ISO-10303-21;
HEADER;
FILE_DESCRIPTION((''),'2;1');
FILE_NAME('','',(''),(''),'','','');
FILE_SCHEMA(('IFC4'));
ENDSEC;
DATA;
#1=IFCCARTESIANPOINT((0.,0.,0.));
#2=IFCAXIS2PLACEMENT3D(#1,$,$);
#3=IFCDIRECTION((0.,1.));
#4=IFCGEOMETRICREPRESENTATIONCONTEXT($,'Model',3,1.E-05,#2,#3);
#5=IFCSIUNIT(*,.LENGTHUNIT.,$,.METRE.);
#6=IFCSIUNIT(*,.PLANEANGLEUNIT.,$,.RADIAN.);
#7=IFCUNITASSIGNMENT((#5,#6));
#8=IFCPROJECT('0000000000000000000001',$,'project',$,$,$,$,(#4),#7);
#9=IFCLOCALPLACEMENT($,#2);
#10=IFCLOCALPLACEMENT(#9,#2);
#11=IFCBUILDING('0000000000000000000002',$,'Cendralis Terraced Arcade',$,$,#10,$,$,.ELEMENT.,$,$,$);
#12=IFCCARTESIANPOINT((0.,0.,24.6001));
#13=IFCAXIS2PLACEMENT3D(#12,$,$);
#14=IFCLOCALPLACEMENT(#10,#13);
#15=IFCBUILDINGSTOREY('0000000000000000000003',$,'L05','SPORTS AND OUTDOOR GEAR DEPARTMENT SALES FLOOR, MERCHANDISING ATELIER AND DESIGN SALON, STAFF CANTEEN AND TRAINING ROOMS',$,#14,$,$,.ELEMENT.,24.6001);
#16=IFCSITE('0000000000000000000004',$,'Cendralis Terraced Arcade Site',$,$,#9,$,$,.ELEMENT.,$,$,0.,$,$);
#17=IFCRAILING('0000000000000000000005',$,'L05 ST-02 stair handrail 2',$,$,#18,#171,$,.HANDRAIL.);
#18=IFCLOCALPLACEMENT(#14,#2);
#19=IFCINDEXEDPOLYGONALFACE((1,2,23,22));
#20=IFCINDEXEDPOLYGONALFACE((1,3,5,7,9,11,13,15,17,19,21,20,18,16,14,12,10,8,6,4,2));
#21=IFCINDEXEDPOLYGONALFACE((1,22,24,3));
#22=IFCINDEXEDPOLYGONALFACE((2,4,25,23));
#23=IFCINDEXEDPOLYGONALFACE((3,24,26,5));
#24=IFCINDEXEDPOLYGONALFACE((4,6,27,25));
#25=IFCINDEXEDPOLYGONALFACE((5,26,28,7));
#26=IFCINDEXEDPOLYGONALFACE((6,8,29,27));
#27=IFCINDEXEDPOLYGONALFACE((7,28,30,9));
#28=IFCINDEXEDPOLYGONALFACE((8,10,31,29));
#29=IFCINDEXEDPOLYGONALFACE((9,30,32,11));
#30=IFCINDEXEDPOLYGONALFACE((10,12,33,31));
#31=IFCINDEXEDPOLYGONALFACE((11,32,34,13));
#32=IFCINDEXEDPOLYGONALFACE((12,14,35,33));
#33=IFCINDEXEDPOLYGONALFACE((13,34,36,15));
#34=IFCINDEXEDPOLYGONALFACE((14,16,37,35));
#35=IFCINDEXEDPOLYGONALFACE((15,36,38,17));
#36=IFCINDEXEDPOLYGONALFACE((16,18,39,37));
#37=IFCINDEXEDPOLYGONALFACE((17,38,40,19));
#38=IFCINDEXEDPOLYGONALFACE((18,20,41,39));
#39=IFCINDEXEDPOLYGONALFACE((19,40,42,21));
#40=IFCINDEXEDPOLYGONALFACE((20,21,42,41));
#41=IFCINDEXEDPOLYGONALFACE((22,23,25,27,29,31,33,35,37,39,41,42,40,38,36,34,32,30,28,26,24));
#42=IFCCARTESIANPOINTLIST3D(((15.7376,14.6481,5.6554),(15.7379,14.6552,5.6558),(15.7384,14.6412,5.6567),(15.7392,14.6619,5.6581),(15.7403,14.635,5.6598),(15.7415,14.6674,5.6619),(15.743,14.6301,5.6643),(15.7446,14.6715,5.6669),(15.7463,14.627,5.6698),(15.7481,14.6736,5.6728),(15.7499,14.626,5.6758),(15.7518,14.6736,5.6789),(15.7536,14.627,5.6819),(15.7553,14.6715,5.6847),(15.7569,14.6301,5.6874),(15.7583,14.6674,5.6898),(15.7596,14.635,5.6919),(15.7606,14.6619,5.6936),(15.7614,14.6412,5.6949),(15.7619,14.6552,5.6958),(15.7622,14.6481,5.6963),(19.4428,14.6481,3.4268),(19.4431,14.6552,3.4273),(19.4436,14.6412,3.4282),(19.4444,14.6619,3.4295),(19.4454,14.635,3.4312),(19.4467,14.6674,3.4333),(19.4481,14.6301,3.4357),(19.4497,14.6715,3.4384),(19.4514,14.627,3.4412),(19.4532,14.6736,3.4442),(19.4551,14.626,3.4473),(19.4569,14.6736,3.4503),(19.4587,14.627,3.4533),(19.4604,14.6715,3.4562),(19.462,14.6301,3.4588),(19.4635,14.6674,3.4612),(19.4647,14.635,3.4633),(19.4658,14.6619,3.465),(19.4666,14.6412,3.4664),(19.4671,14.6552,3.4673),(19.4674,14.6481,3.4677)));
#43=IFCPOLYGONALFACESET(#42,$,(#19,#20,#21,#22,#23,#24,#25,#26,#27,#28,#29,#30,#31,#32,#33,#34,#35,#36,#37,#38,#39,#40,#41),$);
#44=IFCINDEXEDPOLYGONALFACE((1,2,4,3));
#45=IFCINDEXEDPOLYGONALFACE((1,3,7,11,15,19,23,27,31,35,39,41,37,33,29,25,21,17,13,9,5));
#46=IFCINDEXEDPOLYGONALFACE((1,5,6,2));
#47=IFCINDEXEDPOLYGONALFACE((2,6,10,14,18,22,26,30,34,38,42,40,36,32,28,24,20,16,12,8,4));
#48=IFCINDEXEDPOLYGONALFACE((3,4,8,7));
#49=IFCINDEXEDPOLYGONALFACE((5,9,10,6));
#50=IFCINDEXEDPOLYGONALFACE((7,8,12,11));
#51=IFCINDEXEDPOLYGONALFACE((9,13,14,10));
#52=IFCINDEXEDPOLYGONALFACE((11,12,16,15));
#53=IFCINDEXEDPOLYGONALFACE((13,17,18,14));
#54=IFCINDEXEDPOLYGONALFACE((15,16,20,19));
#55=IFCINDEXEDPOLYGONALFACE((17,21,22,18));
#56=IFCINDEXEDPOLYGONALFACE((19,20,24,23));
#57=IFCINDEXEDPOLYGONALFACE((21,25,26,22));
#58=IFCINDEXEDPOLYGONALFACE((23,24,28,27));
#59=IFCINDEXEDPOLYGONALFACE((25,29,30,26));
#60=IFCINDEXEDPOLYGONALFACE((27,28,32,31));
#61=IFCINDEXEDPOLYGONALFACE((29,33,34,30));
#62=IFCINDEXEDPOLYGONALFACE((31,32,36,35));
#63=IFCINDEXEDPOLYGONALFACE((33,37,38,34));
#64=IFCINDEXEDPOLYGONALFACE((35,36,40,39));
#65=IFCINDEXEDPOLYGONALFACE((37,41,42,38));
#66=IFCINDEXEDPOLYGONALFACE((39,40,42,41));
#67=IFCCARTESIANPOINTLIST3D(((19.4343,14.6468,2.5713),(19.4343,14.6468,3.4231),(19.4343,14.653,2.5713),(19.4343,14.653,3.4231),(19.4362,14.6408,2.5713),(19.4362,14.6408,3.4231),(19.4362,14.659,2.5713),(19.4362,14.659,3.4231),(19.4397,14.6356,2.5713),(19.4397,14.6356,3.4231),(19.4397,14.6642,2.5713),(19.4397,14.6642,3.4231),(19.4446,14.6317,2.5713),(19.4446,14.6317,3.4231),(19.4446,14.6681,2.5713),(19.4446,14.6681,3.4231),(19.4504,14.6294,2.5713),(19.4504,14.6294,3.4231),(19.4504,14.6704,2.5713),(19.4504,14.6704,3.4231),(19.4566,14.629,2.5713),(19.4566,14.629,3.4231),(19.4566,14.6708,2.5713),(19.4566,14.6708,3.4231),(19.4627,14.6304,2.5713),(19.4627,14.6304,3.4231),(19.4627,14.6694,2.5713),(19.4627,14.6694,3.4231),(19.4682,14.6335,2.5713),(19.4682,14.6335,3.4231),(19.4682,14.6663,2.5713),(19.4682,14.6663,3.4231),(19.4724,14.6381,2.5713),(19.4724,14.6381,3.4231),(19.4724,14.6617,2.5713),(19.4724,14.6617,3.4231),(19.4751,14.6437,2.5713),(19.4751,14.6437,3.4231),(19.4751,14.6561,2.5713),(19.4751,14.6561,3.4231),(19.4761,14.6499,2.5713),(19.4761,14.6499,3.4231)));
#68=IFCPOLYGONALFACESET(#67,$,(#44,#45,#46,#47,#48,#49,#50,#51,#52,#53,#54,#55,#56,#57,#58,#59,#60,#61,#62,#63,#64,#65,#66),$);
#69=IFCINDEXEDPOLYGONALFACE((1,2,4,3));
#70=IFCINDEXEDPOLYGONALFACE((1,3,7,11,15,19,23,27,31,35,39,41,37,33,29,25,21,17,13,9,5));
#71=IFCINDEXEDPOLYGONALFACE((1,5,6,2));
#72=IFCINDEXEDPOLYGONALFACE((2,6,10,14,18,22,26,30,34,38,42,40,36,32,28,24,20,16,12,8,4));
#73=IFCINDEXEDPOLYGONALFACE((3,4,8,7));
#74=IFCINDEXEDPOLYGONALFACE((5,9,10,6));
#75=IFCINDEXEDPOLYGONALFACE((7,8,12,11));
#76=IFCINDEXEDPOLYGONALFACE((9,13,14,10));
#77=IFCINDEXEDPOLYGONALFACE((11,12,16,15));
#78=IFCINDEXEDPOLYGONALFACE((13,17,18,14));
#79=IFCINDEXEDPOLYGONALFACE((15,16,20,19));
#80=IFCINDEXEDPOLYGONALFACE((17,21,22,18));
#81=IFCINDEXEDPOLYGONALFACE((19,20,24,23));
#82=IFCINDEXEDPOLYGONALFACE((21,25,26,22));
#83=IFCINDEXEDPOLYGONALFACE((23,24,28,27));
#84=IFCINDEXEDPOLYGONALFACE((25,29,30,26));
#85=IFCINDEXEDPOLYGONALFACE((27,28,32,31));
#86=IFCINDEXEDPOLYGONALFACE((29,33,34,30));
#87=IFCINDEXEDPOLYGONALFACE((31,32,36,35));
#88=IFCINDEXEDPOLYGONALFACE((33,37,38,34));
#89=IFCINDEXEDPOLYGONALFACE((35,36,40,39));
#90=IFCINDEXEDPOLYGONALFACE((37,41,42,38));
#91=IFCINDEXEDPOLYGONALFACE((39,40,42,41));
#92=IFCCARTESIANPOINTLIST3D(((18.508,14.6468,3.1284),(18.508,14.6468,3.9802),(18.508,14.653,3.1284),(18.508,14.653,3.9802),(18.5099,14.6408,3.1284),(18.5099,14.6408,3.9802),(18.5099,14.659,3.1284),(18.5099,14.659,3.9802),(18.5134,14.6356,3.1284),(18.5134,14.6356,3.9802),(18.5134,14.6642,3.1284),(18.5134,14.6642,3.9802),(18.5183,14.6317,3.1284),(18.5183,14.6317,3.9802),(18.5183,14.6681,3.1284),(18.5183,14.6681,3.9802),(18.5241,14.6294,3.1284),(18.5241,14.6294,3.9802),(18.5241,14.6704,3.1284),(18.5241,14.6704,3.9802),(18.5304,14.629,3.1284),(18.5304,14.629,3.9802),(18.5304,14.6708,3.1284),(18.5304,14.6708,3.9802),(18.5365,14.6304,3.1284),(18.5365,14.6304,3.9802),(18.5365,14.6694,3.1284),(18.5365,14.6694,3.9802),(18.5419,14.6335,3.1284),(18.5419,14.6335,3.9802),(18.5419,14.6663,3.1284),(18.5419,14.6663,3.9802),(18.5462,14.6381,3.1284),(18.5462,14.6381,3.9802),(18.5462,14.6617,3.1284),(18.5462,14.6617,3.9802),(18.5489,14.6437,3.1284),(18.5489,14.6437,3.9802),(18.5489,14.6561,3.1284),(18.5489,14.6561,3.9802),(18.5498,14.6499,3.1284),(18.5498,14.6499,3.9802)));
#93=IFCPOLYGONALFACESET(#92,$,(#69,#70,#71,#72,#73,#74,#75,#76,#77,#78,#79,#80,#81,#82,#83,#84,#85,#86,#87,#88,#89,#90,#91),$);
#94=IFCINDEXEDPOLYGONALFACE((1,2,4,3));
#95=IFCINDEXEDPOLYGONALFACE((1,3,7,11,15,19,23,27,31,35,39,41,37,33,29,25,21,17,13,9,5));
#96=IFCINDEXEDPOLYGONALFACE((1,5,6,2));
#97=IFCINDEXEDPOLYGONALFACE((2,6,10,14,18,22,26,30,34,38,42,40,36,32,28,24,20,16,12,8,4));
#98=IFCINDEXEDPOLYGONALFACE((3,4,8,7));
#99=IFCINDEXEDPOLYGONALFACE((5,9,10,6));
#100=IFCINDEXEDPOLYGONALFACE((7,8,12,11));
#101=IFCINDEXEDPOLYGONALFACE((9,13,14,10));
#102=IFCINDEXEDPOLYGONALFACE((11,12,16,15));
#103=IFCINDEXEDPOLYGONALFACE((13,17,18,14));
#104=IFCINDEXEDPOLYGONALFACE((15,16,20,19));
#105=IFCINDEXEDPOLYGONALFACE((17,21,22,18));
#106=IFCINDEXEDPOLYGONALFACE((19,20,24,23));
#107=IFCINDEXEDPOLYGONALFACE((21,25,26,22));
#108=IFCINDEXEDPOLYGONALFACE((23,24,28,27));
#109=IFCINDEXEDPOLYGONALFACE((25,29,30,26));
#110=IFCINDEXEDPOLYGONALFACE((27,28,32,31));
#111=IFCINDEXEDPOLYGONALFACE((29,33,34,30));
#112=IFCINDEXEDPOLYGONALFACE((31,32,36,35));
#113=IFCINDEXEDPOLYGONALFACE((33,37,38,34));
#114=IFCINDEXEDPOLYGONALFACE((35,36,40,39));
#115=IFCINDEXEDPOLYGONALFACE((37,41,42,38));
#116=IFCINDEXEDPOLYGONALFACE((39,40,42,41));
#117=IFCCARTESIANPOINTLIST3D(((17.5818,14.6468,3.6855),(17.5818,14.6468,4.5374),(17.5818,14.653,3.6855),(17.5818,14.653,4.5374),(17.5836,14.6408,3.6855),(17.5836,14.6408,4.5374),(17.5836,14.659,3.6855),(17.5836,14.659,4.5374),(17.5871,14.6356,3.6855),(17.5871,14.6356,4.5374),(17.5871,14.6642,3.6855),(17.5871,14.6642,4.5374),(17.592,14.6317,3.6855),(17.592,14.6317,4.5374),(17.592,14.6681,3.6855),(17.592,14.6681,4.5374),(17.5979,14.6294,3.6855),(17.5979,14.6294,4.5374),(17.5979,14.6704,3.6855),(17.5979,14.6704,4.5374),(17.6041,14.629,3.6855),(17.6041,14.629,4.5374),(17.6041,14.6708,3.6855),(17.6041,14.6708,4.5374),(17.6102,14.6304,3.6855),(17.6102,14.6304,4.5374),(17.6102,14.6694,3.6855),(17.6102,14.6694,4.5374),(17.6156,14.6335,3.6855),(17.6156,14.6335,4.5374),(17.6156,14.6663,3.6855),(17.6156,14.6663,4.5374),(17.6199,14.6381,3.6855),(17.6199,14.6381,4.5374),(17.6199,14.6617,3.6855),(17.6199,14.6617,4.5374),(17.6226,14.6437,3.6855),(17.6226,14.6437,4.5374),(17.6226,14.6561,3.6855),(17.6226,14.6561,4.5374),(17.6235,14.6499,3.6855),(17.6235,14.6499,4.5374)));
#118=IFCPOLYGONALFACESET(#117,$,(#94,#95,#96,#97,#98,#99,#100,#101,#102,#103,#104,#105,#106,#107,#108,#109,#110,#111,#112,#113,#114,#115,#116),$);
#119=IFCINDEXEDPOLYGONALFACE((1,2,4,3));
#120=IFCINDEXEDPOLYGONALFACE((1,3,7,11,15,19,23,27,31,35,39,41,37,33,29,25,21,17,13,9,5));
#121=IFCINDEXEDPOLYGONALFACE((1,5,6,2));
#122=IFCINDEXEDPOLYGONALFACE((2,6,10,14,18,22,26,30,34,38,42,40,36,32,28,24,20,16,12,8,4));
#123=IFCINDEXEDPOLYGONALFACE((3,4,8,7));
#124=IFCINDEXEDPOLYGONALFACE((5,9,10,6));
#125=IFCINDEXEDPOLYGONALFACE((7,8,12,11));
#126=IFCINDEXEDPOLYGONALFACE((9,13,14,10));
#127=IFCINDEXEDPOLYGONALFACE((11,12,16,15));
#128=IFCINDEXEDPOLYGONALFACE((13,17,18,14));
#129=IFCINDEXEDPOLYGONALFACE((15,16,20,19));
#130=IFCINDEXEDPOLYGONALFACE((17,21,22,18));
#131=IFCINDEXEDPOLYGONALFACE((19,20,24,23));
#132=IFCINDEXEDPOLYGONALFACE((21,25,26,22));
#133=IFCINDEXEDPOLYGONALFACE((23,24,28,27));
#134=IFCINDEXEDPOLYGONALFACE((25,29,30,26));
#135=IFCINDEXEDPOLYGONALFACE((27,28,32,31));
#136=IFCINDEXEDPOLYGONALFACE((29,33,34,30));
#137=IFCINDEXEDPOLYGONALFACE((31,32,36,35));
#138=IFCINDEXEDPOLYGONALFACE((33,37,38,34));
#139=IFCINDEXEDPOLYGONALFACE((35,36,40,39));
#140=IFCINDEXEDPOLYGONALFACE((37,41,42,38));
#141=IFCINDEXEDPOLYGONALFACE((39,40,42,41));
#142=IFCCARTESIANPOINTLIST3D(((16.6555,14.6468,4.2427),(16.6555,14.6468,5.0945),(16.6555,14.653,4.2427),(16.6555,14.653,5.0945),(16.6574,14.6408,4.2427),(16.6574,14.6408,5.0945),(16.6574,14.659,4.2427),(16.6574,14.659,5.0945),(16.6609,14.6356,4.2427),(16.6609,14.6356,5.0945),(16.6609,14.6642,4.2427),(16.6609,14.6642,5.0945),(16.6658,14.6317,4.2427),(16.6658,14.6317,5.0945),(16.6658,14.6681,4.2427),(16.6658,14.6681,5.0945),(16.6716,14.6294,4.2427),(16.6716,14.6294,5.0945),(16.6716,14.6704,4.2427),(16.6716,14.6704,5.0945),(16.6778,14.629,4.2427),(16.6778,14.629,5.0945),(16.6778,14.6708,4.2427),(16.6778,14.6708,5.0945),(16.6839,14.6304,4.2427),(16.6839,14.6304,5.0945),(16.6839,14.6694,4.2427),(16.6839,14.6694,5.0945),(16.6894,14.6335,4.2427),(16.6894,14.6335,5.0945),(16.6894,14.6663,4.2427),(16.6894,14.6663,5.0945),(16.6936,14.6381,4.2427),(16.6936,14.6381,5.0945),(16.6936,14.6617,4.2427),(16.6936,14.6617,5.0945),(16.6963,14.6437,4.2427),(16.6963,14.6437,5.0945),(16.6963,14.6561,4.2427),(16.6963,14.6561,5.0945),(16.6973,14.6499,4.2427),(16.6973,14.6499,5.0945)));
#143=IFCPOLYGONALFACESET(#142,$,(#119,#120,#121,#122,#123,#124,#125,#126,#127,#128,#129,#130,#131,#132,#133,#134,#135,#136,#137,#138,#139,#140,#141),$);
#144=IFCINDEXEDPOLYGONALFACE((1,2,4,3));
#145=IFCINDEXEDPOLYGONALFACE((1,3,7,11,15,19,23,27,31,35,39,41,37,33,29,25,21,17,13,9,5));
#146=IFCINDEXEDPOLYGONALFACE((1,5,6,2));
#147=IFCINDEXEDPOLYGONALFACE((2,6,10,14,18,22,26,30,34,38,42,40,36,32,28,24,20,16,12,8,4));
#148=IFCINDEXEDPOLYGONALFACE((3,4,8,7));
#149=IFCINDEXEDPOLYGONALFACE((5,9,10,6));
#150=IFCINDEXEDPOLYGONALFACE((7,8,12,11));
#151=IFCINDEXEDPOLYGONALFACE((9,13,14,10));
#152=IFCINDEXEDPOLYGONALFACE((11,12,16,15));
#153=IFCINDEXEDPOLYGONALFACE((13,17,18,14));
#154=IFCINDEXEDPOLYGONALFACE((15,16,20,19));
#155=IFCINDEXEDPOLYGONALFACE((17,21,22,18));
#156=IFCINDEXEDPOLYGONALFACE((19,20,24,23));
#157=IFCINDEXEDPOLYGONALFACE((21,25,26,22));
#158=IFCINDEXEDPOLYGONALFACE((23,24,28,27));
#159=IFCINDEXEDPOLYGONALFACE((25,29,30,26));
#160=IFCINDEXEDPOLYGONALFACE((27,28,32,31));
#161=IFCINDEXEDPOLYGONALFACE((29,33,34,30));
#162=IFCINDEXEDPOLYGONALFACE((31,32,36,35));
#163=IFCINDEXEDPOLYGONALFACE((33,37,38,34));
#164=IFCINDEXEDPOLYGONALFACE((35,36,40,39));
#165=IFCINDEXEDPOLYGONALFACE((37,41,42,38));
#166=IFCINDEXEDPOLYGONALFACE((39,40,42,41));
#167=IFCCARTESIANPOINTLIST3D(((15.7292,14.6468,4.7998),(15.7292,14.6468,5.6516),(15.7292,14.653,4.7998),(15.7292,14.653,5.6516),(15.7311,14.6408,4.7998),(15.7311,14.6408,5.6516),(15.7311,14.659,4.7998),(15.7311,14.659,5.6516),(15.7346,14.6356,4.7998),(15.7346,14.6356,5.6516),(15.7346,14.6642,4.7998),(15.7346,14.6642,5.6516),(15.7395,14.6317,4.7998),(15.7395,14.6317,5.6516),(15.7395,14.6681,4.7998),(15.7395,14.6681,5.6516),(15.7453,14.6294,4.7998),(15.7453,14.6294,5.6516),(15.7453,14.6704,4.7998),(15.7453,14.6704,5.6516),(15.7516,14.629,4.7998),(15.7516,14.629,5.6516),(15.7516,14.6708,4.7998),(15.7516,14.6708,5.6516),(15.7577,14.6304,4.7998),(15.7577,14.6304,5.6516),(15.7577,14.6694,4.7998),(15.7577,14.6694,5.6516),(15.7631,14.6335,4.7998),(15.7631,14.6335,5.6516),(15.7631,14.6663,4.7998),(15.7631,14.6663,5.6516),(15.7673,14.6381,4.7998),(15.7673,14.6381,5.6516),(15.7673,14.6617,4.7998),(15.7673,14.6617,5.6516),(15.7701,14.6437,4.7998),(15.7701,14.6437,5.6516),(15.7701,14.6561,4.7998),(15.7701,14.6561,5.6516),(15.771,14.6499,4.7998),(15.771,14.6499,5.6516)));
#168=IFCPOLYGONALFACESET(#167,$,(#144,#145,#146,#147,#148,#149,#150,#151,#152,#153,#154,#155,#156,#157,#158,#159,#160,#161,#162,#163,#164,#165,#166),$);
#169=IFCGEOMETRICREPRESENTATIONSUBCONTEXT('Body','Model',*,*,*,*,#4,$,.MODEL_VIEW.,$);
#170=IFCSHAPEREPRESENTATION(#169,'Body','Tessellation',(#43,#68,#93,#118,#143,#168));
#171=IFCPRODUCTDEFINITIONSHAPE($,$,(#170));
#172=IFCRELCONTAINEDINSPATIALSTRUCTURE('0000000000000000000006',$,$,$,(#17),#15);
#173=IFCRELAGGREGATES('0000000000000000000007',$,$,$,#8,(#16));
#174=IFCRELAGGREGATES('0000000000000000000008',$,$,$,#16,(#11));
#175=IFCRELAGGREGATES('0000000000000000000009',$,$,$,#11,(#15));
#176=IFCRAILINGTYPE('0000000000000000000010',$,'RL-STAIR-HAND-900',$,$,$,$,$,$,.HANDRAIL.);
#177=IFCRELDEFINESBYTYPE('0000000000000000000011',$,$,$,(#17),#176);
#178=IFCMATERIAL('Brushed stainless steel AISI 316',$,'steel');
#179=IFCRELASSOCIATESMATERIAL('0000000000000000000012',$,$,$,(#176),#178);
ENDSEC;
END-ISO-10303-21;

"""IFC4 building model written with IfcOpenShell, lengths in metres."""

from ifc_helpers import new_model, si_unit, direction, frame, origin, origin_2d, place, context, subcontext, project, spatial, circle, extrude, material, type_object, element, save


model = new_model("IFC4")

# Units and contexts
model_context = context("Model", 3, precision=1e-05, world=origin(), true_north=direction((0.0, 1.0)))
body_context = subcontext(model_context, "Body", "Model", "MODEL_VIEW")
ifc_project = project(units=[si_unit("LENGTHUNIT", "METRE"), si_unit("PLANEANGLEUNIT", "RADIAN")], contexts=[model_context])

# Site, building, storey
site_placement = place(None, origin())
site = spatial("IfcSite", under=ifc_project, at=site_placement, Name="Cendralis Terraced Arcade Site", CompositionType="ELEMENT", RefElevation=0.0)
building_placement = place(site_placement, origin())
building = spatial("IfcBuilding", under=site, at=building_placement, Name="Cendralis Terraced Arcade", CompositionType="ELEMENT")
storey_placement = place(building_placement, frame((0.0, 0.0, 24.6001)))
storey = spatial("IfcBuildingStorey", under=building, at=storey_placement, Name="L05", Description="SPORTS AND OUTDOOR GEAR DEPARTMENT SALES FLOOR, MERCHANDISING ATELIER AND DESIGN SALON, STAFF CANTEEN AND TRAINING ROOMS", CompositionType="ELEMENT", Elevation=24.6001)

# Railing
ifc_material_1 = material(Name="Brushed stainless steel AISI 316", Category="steel")
railing_type_1 = type_object("IfcRailingType", Name="RL-STAIR-HAND-900", PredefinedType="HANDRAIL", material=ifc_material_1)
railing_1_placement = place(storey_placement, frame((19.4551, 14.6499, 2.5713)))
element("IfcRailing", 1, at=railing_1_placement, inside=storey, type_object=railing_type_1, Name="L05 ST-02 stair handrail 2", PredefinedType="HANDRAIL", context=body_context, shape_type="SweptSolid", body=[
    extrude(circle(Radius=0.0239, at=origin_2d()), frame((0.0, 0.0, 0.876), z_axis=(-0.856934, 0.0, 0.515425), x_axis=(0.0, -1.0, 0.0)), (0.0, 0.0, 1.0), 4.3237),
    extrude(circle(Radius=0.021, at=origin_2d()), origin(), (0.0, 0.0, 1.0), 0.8518),
    extrude(circle(Radius=0.021, at=origin_2d()), frame((-0.9263, 0.0, 0.5571)), (0.0, 0.0, 1.0), 0.8518),
    extrude(circle(Radius=0.021, at=origin_2d()), frame((-1.8525, 0.0, 1.1143)), (0.0, 0.0, 1.0), 0.8518),
    extrude(circle(Radius=0.021, at=origin_2d()), frame((-2.7788, 0.0, 1.6714)), (0.0, 0.0, 1.0), 0.8518),
    extrude(circle(Radius=0.021, at=origin_2d()), frame((-3.7051, 0.0, 2.2285)), (0.0, 0.0, 1.0), 0.8518),
])

save(model, "model.ifc")
